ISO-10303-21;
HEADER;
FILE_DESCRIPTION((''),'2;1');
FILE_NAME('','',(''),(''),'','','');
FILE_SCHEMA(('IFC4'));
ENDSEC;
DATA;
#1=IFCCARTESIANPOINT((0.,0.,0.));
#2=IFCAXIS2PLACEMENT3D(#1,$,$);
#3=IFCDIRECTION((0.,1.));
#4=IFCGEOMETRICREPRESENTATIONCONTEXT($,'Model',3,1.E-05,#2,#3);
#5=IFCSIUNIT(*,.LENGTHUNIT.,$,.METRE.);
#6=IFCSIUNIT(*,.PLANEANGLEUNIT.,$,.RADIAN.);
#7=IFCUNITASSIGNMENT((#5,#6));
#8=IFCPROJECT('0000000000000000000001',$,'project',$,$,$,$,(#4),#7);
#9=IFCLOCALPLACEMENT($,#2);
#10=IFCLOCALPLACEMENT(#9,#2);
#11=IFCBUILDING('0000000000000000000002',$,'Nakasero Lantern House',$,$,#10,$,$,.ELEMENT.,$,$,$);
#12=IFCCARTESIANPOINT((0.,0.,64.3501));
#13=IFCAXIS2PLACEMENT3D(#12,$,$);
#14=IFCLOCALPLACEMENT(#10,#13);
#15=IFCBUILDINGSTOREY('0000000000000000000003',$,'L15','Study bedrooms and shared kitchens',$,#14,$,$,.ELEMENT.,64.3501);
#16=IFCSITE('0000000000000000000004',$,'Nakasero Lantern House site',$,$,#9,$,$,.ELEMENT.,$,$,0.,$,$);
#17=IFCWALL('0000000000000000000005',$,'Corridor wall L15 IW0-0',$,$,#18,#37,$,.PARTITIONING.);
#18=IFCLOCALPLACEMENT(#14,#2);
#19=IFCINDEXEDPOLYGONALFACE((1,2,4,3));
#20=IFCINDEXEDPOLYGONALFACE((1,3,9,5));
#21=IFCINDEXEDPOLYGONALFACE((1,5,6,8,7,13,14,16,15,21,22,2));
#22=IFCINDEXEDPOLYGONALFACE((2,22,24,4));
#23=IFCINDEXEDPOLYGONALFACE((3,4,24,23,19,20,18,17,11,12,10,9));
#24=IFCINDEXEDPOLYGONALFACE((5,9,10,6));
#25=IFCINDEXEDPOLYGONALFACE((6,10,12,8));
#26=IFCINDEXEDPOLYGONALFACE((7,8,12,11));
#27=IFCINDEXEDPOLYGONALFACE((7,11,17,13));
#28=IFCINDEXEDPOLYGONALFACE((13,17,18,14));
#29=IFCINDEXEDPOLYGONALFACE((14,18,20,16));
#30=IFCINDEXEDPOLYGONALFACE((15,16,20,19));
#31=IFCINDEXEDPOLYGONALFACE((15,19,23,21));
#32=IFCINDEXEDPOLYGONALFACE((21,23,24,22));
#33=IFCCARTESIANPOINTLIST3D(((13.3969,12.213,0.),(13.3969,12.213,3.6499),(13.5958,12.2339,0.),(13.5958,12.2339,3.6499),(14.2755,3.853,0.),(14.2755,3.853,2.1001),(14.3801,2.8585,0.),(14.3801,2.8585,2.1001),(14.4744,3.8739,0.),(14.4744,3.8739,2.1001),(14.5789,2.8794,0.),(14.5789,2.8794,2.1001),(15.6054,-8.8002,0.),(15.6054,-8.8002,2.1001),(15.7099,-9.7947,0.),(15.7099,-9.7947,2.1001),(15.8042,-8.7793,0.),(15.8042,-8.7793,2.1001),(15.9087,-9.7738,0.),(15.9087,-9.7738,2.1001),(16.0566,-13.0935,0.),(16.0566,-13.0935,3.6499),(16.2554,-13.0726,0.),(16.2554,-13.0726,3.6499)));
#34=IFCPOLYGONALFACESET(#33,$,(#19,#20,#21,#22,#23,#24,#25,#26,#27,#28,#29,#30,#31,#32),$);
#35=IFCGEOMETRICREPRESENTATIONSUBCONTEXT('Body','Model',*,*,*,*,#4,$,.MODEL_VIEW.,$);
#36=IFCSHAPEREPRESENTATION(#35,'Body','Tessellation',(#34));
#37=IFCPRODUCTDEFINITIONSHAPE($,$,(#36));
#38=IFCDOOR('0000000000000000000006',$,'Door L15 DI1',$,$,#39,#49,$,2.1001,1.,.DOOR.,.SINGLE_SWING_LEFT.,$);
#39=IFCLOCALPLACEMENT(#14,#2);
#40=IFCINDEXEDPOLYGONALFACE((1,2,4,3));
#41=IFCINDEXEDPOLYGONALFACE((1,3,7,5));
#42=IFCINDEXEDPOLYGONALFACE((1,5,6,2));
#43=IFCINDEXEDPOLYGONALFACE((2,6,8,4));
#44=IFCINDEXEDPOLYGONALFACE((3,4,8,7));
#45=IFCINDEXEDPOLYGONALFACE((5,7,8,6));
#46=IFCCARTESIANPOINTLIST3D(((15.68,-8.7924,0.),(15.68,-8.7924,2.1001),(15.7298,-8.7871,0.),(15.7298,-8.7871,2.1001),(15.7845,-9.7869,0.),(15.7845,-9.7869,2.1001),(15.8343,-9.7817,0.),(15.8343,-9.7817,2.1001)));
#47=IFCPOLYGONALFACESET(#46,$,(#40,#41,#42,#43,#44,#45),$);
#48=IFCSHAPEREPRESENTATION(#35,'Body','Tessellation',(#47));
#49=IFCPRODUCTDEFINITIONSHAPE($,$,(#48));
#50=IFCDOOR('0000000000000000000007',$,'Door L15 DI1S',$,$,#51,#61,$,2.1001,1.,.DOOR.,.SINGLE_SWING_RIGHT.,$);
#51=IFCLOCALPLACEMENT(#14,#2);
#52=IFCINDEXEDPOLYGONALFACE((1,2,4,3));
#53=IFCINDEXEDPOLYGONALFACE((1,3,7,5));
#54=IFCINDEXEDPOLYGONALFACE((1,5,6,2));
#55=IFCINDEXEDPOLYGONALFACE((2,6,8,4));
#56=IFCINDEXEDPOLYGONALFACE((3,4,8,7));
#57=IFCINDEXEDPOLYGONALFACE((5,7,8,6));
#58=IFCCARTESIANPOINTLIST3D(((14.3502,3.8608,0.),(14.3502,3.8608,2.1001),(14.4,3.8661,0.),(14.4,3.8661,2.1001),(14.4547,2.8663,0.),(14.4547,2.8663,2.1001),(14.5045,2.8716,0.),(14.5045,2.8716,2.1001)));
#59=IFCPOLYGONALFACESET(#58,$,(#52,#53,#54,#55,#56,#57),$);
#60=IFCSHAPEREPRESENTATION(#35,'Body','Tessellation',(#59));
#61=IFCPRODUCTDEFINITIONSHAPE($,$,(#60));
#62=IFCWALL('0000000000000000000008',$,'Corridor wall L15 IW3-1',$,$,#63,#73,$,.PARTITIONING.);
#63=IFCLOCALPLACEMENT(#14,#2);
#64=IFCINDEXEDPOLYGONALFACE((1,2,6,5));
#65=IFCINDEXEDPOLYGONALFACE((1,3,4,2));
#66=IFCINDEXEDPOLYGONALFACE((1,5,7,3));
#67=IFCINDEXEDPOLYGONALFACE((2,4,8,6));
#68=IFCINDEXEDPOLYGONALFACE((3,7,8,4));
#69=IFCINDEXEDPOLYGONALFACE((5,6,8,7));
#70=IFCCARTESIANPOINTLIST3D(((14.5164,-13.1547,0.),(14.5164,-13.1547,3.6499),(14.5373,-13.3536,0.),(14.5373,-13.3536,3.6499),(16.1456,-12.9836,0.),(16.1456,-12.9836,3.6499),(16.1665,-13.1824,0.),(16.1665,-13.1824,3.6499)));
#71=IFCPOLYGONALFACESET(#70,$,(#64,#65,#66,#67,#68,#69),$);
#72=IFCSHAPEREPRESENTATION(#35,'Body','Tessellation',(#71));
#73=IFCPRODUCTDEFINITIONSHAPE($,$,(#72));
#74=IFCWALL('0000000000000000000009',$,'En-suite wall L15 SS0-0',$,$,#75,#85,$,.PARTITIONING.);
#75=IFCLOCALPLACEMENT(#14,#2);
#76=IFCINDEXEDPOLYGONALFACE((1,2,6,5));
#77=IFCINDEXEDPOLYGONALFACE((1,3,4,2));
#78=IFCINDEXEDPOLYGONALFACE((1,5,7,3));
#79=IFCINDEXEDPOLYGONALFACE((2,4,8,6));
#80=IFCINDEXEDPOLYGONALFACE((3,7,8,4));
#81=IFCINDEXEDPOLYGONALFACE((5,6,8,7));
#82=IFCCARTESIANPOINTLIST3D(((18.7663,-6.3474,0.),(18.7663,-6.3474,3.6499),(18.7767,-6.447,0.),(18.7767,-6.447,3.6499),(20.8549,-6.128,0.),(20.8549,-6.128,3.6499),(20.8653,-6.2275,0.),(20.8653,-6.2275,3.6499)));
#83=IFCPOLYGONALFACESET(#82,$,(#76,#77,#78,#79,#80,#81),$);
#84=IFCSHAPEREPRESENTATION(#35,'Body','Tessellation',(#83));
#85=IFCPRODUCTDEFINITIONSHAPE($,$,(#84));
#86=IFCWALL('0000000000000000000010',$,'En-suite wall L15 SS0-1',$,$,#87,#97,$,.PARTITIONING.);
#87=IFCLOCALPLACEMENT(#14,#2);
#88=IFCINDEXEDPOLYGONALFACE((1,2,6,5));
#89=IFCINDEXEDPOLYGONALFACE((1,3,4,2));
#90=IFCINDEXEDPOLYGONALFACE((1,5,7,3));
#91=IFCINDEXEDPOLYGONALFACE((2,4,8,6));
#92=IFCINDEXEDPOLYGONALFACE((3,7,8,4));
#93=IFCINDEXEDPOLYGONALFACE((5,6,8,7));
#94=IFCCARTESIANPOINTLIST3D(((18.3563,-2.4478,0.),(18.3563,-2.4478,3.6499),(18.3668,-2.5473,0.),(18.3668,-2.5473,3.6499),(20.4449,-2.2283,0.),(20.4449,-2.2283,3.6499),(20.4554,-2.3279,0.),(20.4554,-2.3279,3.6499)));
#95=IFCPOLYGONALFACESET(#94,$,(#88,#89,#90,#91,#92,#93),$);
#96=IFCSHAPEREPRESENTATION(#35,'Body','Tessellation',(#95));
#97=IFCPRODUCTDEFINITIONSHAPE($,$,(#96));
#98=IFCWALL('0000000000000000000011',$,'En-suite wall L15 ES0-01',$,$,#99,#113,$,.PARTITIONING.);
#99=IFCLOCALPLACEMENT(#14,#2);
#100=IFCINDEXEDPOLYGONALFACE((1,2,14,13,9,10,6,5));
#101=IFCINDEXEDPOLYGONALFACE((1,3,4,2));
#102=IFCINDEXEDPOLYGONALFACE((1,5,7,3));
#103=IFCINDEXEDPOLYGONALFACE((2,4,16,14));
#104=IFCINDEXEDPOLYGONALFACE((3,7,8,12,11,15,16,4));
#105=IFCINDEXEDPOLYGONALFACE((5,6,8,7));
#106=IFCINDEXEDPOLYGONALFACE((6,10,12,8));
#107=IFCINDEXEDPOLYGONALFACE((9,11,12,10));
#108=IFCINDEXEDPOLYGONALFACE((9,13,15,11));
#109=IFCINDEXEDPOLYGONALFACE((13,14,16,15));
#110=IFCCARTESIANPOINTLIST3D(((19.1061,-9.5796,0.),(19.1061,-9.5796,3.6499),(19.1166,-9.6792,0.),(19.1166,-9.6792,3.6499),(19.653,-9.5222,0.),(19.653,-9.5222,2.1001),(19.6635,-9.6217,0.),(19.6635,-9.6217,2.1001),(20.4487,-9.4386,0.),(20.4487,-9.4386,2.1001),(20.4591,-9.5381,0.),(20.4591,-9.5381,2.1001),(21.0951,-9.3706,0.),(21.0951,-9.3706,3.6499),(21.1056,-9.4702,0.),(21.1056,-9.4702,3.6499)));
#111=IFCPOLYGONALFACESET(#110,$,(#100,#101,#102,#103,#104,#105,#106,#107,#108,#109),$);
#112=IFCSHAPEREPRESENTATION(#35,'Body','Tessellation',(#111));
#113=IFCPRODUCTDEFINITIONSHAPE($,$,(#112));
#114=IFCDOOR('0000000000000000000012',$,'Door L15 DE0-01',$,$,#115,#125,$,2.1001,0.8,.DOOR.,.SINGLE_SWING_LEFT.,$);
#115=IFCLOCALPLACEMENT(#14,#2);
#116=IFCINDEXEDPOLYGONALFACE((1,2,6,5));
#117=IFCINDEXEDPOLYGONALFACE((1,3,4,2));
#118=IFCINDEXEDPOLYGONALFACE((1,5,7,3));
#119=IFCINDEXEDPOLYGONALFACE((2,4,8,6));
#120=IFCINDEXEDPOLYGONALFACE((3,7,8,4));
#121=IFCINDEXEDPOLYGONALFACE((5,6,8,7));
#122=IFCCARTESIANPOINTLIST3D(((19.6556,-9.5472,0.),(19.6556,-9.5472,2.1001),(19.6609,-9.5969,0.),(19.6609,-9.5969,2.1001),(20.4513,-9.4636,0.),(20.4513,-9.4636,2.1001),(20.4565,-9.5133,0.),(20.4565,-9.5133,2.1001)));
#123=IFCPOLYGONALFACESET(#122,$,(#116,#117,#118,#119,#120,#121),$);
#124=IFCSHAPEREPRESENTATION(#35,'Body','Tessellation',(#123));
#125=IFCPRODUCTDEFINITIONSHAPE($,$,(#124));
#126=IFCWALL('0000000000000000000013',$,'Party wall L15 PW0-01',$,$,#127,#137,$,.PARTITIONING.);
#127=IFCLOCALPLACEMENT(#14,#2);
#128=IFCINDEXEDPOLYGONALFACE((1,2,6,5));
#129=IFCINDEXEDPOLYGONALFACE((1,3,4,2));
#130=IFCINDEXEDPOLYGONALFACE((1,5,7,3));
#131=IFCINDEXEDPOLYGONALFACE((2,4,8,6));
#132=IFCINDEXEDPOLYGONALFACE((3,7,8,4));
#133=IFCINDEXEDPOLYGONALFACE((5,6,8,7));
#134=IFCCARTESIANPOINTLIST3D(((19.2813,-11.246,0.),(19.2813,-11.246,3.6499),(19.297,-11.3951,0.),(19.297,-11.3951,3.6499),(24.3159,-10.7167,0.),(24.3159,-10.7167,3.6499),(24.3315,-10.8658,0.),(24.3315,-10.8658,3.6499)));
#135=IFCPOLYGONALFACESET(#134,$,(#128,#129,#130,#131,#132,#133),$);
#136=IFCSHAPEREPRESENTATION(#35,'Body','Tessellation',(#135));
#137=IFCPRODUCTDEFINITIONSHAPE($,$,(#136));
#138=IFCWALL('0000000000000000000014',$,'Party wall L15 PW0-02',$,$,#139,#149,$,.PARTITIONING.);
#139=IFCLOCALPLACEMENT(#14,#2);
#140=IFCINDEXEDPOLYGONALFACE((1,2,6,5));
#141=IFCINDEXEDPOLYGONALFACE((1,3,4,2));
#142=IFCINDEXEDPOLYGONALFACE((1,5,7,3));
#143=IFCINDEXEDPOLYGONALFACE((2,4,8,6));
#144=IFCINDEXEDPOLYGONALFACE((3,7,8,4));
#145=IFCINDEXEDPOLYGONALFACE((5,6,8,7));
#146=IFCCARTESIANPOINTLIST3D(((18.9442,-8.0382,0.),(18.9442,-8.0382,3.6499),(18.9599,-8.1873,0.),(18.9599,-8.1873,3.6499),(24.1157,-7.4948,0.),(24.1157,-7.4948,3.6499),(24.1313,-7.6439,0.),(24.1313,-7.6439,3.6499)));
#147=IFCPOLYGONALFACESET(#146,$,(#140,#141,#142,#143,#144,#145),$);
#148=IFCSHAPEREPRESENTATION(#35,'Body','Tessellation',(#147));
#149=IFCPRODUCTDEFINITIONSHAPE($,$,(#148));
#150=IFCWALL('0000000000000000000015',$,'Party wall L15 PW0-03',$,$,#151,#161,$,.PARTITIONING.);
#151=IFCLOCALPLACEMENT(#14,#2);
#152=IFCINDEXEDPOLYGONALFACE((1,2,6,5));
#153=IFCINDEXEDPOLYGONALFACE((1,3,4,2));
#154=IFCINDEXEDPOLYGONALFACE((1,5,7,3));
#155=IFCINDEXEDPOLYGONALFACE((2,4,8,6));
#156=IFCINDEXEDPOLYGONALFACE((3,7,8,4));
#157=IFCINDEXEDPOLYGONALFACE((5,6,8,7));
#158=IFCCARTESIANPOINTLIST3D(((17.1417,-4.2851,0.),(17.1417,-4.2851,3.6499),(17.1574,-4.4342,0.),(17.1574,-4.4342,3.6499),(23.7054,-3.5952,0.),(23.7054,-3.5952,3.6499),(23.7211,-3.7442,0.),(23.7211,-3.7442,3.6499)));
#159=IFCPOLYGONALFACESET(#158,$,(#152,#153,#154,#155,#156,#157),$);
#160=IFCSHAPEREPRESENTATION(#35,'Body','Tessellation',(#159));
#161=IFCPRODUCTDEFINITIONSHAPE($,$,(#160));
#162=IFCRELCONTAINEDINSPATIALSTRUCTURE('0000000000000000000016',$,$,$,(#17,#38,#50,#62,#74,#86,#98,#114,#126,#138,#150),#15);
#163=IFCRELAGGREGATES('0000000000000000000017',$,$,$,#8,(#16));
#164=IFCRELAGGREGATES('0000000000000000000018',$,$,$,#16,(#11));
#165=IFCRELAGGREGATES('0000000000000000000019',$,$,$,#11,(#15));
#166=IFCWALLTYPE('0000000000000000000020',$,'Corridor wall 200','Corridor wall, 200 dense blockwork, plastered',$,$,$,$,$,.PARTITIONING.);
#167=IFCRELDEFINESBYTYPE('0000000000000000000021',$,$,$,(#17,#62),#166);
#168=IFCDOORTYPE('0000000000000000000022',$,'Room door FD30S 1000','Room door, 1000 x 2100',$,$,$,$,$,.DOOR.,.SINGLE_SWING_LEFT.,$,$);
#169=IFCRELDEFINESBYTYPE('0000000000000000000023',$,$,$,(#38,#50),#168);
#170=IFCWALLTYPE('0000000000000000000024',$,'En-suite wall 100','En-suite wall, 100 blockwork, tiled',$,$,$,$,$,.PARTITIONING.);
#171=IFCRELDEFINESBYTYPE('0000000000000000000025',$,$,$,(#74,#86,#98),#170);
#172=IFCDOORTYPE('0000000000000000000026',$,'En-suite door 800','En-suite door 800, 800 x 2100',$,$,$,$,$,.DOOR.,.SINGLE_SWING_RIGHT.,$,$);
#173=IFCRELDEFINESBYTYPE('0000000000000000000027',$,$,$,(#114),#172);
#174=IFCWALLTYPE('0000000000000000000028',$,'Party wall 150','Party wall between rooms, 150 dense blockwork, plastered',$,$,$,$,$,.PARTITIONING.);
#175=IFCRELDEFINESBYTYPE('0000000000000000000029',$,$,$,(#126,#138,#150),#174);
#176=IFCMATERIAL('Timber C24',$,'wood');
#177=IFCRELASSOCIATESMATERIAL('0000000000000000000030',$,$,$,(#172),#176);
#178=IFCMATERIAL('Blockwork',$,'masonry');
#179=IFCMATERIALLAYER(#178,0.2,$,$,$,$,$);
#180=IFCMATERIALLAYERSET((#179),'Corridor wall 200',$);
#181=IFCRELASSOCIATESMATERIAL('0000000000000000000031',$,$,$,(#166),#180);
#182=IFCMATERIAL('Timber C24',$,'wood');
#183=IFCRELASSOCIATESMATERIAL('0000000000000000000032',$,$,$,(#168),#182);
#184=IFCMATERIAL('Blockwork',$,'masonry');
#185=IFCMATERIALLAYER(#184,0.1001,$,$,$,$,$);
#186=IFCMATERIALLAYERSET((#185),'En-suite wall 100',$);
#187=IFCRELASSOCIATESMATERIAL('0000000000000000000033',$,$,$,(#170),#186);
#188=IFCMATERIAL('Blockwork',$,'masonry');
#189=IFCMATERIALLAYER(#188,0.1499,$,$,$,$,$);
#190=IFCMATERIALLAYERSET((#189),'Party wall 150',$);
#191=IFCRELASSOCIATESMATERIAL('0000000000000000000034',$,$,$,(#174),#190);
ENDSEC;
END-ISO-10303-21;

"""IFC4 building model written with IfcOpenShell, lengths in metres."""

from ifc_helpers import new_model, si_unit, direction, frame, frame_2d, origin, place, context, subcontext, project, spatial, rectangle, extrude, material, layer, layer_set, type_object, element, fill, save


model = new_model("IFC4")

# Units and contexts
model_context = context("Model", 3, precision=1e-05, world=origin(), true_north=direction((0.0, 1.0)))
body_context = subcontext(model_context, "Body", "Model", "MODEL_VIEW")
ifc_project = project(units=[si_unit("LENGTHUNIT", "METRE"), si_unit("PLANEANGLEUNIT", "RADIAN")], contexts=[model_context])

# Site, building, storey
site_placement = place(None, origin())
site = spatial("IfcSite", under=ifc_project, at=site_placement, Name="Nakasero Lantern House site", CompositionType="ELEMENT", RefElevation=0.0)
building_placement = place(site_placement, origin())
building = spatial("IfcBuilding", under=site, at=building_placement, Name="Nakasero Lantern House", CompositionType="ELEMENT")
storey_placement = place(building_placement, frame((0.0, 0.0, 64.3501)))
storey = spatial("IfcBuildingStorey", under=building, at=storey_placement, Name="L15", Description="Study bedrooms and shared kitchens", CompositionType="ELEMENT", Elevation=64.3501)

# Wall, openings, doors
ifc_material_1 = material(Name="Timber C24", Category="wood")
door_type_1 = type_object("IfcDoorType", Name="En-suite door 800", Description="En-suite door 800, 800 x 2100", OperationType="SINGLE_SWING_RIGHT", PredefinedType="DOOR", material=ifc_material_1)
ifc_material_2 = material(Name="Blockwork", Category="masonry")
ifc_layer_1 = layer(ifc_material_2, 0.2)
ifc_layer_set_1 = layer_set([ifc_layer_1], Name="Corridor wall 200")
wall_type_1 = type_object("IfcWallType", Name="Corridor wall 200", Description="Corridor wall, 200 dense blockwork, plastered", PredefinedType="PARTITIONING", material=ifc_layer_set_1)
wall_1_placement = place(storey_placement, frame((16.156, -13.083, 0.0), z_axis=(0.0, 0.0, 1.0), x_axis=(-0.104523, 0.994522, 0.0)))
wall_1 = element("IfcWall", 1, at=wall_1_placement, inside=storey, type_object=wall_type_1, Name="Corridor wall L15 IW0-0", PredefinedType="PARTITIONING", context=body_context, shape_type="SweptSolid", body=[
    extrude(rectangle(XDim=25.4458, YDim=0.2, at=frame_2d((12.7229, 0.0))), origin(), (0.0, 0.0, 1.0), 3.6499),
])
opening_1_placement = place(wall_1_placement, frame((3.3169, 0.0, 0.0)))
opening_1 = element("IfcOpeningElement", 2, at=opening_1_placement, cuts=wall_1, PredefinedType="OPENING", context=body_context, shape_type="SweptSolid", body=[
    extrude(rectangle(XDim=1.0, YDim=2.1001, at=frame_2d((0.5, 1.05))), frame((0.0, 0.1199, 0.0), z_axis=(0.0, -1.0, 0.0), x_axis=(1.0, 0.0, 0.0)), (0.0, 0.0, 1.0), 0.24),
])
opening_2_placement = place(wall_1_placement, frame((16.0398, 0.0, 0.0)))
opening_2 = element("IfcOpeningElement", 3, at=opening_2_placement, cuts=wall_1, PredefinedType="OPENING", context=body_context, shape_type="SweptSolid", body=[
    extrude(rectangle(XDim=1.0, YDim=2.1001, at=frame_2d((0.5, 1.05))), frame((0.0, 0.1199, 0.0), z_axis=(0.0, -1.0, 0.0), x_axis=(1.0, 0.0, 0.0)), (0.0, 0.0, 1.0), 0.24),
])
ifc_material_3 = material(Name="Timber C24", Category="wood")
door_type_2 = type_object("IfcDoorType", Name="Room door FD30S 1000", Description="Room door, 1000 x 2100", OperationType="SINGLE_SWING_LEFT", PredefinedType="DOOR", material=ifc_material_3)
door_1_placement = place(opening_1_placement, origin())
door_1 = element("IfcDoor", 4, at=door_1_placement, inside=storey, type_object=door_type_2, Name="Door L15 DI1", OperationType="SINGLE_SWING_LEFT", OverallHeight=2.1001, OverallWidth=1.0, PredefinedType="DOOR", context=body_context, shape_type="SweptSolid", body=[
    extrude(rectangle(XDim=1.0, YDim=2.1001, at=frame_2d((0.5, 1.05))), frame((0.0, 0.0249, 0.0), z_axis=(0.0, -1.0, 0.0), x_axis=(1.0, 0.0, 0.0)), (0.0, 0.0, 1.0), 0.05),
])
fill(opening_1, door_1)
door_2_placement = place(opening_2_placement, origin())
door_2 = element("IfcDoor", 5, at=door_2_placement, inside=storey, type_object=door_type_2, Name="Door L15 DI1S", OperationType="SINGLE_SWING_RIGHT", OverallHeight=2.1001, OverallWidth=1.0, PredefinedType="DOOR", context=body_context, shape_type="SweptSolid", body=[
    extrude(rectangle(XDim=1.0, YDim=2.1001, at=frame_2d((0.5, 1.05))), frame((0.0, 0.0249, 0.0), z_axis=(0.0, -1.0, 0.0), x_axis=(1.0, 0.0, 0.0)), (0.0, 0.0, 1.0), 0.05),
])
fill(opening_2, door_2)

# Walls
wall_2_placement = place(storey_placement, frame((14.5269, -13.2542, 0.0), z_axis=(0.0, 0.0, 1.0), x_axis=(0.994527, 0.104475, 0.0)))
element("IfcWall", 6, at=wall_2_placement, inside=storey, type_object=wall_type_1, Name="Corridor wall L15 IW3-1", PredefinedType="PARTITIONING", context=body_context, shape_type="SweptSolid", body=[
    extrude(rectangle(XDim=1.6382, YDim=0.2, at=frame_2d((0.8191, 0.0))), origin(), (0.0, 0.0, 1.0), 3.6499),
])
ifc_material_4 = material(Name="Blockwork", Category="masonry")
ifc_layer_2 = layer(ifc_material_4, 0.1001)
ifc_layer_set_2 = layer_set([ifc_layer_2], Name="En-suite wall 100")
wall_type_2 = type_object("IfcWallType", Name="En-suite wall 100", Description="En-suite wall, 100 blockwork, tiled", PredefinedType="PARTITIONING", material=ifc_layer_set_2)
for number, where, z_axis, x_axis, name in (
    (7, (18.7715, -6.3972, 0.0), (0.0, 0.0, 1.0), (0.994524, 0.104509, 0.0), "En-suite wall L15 SS0-0"),
    (8, (18.3616, -2.4976, 0.0), (0.0, 0.0, 1.0), (0.994524, 0.104509, 0.0), "En-suite wall L15 SS0-1"),
):
    element("IfcWall", number, at=place(storey_placement, frame(where, z_axis=z_axis, x_axis=x_axis)), inside=storey, type_object=wall_type_2, Name=name, PredefinedType="PARTITIONING", context=body_context, shape_type="SweptSolid", body=[
        extrude(rectangle(XDim=2.1001, YDim=0.1001, at=frame_2d((1.05, 0.0))), origin(), (0.0, 0.0, 1.0), 3.6499),
    ])

# Wall, opening, door
wall_3_placement = place(storey_placement, frame((19.1113, -9.6294, 0.0), z_axis=(0.0, 0.0, 1.0), x_axis=(0.994526, 0.104494, 0.0)))
wall_3 = element("IfcWall", 9, at=wall_3_placement, inside=storey, type_object=wall_type_2, Name="En-suite wall L15 ES0-01", PredefinedType="PARTITIONING", context=body_context, shape_type="SweptSolid", body=[
    extrude(rectangle(XDim=2.0, YDim=0.1001, at=frame_2d((1.0, 0.0))), origin(), (0.0, 0.0, 1.0), 3.6499),
])
opening_3_placement = place(wall_3_placement, frame((0.55, 0.0, 0.0)))
opening_3 = element("IfcOpeningElement", 10, at=opening_3_placement, cuts=wall_3, PredefinedType="OPENING", context=body_context, shape_type="SweptSolid", body=[
    extrude(rectangle(XDim=0.8, YDim=2.1001, at=frame_2d((0.3999, 1.05))), frame((0.0, 0.0701, 0.0), z_axis=(0.0, -1.0, 0.0), x_axis=(1.0, 0.0, 0.0)), (0.0, 0.0, 1.0), 0.1401),
])
door_3_placement = place(opening_3_placement, origin())
door_3 = element("IfcDoor", 11, at=door_3_placement, inside=storey, type_object=door_type_1, Name="Door L15 DE0-01", OperationType="SINGLE_SWING_LEFT", OverallHeight=2.1001, OverallWidth=0.8, PredefinedType="DOOR", context=body_context, shape_type="SweptSolid", body=[
    extrude(rectangle(XDim=0.8, YDim=2.1001, at=frame_2d((0.3999, 1.05))), frame((0.0, 0.0249, 0.0), z_axis=(0.0, -1.0, 0.0), x_axis=(1.0, 0.0, 0.0)), (0.0, 0.0, 1.0), 0.05),
])
fill(opening_3, door_3)

# Walls
ifc_material_5 = material(Name="Blockwork", Category="masonry")
ifc_layer_3 = layer(ifc_material_5, 0.1499)
ifc_layer_set_3 = layer_set([ifc_layer_3], Name="Party wall 150")
wall_type_3 = type_object("IfcWallType", Name="Party wall 150", Description="Party wall between rooms, 150 dense blockwork, plastered", PredefinedType="PARTITIONING", material=ifc_layer_set_3)
wall_4_placement = place(storey_placement, frame((19.2891, -11.3206, 0.0), z_axis=(0.0, 0.0, 1.0), x_axis=(0.994519, 0.104559, 0.0)))
element("IfcWall", 12, at=wall_4_placement, inside=storey, type_object=wall_type_3, Name="Party wall L15 PW0-01", PredefinedType="PARTITIONING", context=body_context, shape_type="SweptSolid", body=[
    extrude(rectangle(XDim=5.0623, YDim=0.1499, at=frame_2d((2.5312, 0.0))), origin(), (0.0, 0.0, 1.0), 3.6499),
])
wall_5_placement = place(storey_placement, frame((18.9519, -8.1128, 0.0), z_axis=(0.0, 0.0, 1.0), x_axis=(0.994523, 0.104514, 0.0)))
element("IfcWall", 13, at=wall_5_placement, inside=storey, type_object=wall_type_3, Name="Party wall L15 PW0-02", PredefinedType="PARTITIONING", context=body_context, shape_type="SweptSolid", body=[
    extrude(rectangle(XDim=5.2, YDim=0.1499, at=frame_2d((2.6001, 0.0))), origin(), (0.0, 0.0, 1.0), 3.6499),
])
wall_6_placement = place(storey_placement, frame((17.1497, -4.3596, 0.0), z_axis=(0.0, 0.0, 1.0), x_axis=(0.994521, 0.104538, 0.0)))
element("IfcWall", 14, at=wall_6_placement, inside=storey, type_object=wall_type_3, Name="Party wall L15 PW0-03", PredefinedType="PARTITIONING", context=body_context, shape_type="SweptSolid", body=[
    extrude(rectangle(XDim=6.5999, YDim=0.1499, at=frame_2d((3.2998, 0.0))), origin(), (0.0, 0.0, 1.0), 3.6499),
])

save(model, "model.ifc")
